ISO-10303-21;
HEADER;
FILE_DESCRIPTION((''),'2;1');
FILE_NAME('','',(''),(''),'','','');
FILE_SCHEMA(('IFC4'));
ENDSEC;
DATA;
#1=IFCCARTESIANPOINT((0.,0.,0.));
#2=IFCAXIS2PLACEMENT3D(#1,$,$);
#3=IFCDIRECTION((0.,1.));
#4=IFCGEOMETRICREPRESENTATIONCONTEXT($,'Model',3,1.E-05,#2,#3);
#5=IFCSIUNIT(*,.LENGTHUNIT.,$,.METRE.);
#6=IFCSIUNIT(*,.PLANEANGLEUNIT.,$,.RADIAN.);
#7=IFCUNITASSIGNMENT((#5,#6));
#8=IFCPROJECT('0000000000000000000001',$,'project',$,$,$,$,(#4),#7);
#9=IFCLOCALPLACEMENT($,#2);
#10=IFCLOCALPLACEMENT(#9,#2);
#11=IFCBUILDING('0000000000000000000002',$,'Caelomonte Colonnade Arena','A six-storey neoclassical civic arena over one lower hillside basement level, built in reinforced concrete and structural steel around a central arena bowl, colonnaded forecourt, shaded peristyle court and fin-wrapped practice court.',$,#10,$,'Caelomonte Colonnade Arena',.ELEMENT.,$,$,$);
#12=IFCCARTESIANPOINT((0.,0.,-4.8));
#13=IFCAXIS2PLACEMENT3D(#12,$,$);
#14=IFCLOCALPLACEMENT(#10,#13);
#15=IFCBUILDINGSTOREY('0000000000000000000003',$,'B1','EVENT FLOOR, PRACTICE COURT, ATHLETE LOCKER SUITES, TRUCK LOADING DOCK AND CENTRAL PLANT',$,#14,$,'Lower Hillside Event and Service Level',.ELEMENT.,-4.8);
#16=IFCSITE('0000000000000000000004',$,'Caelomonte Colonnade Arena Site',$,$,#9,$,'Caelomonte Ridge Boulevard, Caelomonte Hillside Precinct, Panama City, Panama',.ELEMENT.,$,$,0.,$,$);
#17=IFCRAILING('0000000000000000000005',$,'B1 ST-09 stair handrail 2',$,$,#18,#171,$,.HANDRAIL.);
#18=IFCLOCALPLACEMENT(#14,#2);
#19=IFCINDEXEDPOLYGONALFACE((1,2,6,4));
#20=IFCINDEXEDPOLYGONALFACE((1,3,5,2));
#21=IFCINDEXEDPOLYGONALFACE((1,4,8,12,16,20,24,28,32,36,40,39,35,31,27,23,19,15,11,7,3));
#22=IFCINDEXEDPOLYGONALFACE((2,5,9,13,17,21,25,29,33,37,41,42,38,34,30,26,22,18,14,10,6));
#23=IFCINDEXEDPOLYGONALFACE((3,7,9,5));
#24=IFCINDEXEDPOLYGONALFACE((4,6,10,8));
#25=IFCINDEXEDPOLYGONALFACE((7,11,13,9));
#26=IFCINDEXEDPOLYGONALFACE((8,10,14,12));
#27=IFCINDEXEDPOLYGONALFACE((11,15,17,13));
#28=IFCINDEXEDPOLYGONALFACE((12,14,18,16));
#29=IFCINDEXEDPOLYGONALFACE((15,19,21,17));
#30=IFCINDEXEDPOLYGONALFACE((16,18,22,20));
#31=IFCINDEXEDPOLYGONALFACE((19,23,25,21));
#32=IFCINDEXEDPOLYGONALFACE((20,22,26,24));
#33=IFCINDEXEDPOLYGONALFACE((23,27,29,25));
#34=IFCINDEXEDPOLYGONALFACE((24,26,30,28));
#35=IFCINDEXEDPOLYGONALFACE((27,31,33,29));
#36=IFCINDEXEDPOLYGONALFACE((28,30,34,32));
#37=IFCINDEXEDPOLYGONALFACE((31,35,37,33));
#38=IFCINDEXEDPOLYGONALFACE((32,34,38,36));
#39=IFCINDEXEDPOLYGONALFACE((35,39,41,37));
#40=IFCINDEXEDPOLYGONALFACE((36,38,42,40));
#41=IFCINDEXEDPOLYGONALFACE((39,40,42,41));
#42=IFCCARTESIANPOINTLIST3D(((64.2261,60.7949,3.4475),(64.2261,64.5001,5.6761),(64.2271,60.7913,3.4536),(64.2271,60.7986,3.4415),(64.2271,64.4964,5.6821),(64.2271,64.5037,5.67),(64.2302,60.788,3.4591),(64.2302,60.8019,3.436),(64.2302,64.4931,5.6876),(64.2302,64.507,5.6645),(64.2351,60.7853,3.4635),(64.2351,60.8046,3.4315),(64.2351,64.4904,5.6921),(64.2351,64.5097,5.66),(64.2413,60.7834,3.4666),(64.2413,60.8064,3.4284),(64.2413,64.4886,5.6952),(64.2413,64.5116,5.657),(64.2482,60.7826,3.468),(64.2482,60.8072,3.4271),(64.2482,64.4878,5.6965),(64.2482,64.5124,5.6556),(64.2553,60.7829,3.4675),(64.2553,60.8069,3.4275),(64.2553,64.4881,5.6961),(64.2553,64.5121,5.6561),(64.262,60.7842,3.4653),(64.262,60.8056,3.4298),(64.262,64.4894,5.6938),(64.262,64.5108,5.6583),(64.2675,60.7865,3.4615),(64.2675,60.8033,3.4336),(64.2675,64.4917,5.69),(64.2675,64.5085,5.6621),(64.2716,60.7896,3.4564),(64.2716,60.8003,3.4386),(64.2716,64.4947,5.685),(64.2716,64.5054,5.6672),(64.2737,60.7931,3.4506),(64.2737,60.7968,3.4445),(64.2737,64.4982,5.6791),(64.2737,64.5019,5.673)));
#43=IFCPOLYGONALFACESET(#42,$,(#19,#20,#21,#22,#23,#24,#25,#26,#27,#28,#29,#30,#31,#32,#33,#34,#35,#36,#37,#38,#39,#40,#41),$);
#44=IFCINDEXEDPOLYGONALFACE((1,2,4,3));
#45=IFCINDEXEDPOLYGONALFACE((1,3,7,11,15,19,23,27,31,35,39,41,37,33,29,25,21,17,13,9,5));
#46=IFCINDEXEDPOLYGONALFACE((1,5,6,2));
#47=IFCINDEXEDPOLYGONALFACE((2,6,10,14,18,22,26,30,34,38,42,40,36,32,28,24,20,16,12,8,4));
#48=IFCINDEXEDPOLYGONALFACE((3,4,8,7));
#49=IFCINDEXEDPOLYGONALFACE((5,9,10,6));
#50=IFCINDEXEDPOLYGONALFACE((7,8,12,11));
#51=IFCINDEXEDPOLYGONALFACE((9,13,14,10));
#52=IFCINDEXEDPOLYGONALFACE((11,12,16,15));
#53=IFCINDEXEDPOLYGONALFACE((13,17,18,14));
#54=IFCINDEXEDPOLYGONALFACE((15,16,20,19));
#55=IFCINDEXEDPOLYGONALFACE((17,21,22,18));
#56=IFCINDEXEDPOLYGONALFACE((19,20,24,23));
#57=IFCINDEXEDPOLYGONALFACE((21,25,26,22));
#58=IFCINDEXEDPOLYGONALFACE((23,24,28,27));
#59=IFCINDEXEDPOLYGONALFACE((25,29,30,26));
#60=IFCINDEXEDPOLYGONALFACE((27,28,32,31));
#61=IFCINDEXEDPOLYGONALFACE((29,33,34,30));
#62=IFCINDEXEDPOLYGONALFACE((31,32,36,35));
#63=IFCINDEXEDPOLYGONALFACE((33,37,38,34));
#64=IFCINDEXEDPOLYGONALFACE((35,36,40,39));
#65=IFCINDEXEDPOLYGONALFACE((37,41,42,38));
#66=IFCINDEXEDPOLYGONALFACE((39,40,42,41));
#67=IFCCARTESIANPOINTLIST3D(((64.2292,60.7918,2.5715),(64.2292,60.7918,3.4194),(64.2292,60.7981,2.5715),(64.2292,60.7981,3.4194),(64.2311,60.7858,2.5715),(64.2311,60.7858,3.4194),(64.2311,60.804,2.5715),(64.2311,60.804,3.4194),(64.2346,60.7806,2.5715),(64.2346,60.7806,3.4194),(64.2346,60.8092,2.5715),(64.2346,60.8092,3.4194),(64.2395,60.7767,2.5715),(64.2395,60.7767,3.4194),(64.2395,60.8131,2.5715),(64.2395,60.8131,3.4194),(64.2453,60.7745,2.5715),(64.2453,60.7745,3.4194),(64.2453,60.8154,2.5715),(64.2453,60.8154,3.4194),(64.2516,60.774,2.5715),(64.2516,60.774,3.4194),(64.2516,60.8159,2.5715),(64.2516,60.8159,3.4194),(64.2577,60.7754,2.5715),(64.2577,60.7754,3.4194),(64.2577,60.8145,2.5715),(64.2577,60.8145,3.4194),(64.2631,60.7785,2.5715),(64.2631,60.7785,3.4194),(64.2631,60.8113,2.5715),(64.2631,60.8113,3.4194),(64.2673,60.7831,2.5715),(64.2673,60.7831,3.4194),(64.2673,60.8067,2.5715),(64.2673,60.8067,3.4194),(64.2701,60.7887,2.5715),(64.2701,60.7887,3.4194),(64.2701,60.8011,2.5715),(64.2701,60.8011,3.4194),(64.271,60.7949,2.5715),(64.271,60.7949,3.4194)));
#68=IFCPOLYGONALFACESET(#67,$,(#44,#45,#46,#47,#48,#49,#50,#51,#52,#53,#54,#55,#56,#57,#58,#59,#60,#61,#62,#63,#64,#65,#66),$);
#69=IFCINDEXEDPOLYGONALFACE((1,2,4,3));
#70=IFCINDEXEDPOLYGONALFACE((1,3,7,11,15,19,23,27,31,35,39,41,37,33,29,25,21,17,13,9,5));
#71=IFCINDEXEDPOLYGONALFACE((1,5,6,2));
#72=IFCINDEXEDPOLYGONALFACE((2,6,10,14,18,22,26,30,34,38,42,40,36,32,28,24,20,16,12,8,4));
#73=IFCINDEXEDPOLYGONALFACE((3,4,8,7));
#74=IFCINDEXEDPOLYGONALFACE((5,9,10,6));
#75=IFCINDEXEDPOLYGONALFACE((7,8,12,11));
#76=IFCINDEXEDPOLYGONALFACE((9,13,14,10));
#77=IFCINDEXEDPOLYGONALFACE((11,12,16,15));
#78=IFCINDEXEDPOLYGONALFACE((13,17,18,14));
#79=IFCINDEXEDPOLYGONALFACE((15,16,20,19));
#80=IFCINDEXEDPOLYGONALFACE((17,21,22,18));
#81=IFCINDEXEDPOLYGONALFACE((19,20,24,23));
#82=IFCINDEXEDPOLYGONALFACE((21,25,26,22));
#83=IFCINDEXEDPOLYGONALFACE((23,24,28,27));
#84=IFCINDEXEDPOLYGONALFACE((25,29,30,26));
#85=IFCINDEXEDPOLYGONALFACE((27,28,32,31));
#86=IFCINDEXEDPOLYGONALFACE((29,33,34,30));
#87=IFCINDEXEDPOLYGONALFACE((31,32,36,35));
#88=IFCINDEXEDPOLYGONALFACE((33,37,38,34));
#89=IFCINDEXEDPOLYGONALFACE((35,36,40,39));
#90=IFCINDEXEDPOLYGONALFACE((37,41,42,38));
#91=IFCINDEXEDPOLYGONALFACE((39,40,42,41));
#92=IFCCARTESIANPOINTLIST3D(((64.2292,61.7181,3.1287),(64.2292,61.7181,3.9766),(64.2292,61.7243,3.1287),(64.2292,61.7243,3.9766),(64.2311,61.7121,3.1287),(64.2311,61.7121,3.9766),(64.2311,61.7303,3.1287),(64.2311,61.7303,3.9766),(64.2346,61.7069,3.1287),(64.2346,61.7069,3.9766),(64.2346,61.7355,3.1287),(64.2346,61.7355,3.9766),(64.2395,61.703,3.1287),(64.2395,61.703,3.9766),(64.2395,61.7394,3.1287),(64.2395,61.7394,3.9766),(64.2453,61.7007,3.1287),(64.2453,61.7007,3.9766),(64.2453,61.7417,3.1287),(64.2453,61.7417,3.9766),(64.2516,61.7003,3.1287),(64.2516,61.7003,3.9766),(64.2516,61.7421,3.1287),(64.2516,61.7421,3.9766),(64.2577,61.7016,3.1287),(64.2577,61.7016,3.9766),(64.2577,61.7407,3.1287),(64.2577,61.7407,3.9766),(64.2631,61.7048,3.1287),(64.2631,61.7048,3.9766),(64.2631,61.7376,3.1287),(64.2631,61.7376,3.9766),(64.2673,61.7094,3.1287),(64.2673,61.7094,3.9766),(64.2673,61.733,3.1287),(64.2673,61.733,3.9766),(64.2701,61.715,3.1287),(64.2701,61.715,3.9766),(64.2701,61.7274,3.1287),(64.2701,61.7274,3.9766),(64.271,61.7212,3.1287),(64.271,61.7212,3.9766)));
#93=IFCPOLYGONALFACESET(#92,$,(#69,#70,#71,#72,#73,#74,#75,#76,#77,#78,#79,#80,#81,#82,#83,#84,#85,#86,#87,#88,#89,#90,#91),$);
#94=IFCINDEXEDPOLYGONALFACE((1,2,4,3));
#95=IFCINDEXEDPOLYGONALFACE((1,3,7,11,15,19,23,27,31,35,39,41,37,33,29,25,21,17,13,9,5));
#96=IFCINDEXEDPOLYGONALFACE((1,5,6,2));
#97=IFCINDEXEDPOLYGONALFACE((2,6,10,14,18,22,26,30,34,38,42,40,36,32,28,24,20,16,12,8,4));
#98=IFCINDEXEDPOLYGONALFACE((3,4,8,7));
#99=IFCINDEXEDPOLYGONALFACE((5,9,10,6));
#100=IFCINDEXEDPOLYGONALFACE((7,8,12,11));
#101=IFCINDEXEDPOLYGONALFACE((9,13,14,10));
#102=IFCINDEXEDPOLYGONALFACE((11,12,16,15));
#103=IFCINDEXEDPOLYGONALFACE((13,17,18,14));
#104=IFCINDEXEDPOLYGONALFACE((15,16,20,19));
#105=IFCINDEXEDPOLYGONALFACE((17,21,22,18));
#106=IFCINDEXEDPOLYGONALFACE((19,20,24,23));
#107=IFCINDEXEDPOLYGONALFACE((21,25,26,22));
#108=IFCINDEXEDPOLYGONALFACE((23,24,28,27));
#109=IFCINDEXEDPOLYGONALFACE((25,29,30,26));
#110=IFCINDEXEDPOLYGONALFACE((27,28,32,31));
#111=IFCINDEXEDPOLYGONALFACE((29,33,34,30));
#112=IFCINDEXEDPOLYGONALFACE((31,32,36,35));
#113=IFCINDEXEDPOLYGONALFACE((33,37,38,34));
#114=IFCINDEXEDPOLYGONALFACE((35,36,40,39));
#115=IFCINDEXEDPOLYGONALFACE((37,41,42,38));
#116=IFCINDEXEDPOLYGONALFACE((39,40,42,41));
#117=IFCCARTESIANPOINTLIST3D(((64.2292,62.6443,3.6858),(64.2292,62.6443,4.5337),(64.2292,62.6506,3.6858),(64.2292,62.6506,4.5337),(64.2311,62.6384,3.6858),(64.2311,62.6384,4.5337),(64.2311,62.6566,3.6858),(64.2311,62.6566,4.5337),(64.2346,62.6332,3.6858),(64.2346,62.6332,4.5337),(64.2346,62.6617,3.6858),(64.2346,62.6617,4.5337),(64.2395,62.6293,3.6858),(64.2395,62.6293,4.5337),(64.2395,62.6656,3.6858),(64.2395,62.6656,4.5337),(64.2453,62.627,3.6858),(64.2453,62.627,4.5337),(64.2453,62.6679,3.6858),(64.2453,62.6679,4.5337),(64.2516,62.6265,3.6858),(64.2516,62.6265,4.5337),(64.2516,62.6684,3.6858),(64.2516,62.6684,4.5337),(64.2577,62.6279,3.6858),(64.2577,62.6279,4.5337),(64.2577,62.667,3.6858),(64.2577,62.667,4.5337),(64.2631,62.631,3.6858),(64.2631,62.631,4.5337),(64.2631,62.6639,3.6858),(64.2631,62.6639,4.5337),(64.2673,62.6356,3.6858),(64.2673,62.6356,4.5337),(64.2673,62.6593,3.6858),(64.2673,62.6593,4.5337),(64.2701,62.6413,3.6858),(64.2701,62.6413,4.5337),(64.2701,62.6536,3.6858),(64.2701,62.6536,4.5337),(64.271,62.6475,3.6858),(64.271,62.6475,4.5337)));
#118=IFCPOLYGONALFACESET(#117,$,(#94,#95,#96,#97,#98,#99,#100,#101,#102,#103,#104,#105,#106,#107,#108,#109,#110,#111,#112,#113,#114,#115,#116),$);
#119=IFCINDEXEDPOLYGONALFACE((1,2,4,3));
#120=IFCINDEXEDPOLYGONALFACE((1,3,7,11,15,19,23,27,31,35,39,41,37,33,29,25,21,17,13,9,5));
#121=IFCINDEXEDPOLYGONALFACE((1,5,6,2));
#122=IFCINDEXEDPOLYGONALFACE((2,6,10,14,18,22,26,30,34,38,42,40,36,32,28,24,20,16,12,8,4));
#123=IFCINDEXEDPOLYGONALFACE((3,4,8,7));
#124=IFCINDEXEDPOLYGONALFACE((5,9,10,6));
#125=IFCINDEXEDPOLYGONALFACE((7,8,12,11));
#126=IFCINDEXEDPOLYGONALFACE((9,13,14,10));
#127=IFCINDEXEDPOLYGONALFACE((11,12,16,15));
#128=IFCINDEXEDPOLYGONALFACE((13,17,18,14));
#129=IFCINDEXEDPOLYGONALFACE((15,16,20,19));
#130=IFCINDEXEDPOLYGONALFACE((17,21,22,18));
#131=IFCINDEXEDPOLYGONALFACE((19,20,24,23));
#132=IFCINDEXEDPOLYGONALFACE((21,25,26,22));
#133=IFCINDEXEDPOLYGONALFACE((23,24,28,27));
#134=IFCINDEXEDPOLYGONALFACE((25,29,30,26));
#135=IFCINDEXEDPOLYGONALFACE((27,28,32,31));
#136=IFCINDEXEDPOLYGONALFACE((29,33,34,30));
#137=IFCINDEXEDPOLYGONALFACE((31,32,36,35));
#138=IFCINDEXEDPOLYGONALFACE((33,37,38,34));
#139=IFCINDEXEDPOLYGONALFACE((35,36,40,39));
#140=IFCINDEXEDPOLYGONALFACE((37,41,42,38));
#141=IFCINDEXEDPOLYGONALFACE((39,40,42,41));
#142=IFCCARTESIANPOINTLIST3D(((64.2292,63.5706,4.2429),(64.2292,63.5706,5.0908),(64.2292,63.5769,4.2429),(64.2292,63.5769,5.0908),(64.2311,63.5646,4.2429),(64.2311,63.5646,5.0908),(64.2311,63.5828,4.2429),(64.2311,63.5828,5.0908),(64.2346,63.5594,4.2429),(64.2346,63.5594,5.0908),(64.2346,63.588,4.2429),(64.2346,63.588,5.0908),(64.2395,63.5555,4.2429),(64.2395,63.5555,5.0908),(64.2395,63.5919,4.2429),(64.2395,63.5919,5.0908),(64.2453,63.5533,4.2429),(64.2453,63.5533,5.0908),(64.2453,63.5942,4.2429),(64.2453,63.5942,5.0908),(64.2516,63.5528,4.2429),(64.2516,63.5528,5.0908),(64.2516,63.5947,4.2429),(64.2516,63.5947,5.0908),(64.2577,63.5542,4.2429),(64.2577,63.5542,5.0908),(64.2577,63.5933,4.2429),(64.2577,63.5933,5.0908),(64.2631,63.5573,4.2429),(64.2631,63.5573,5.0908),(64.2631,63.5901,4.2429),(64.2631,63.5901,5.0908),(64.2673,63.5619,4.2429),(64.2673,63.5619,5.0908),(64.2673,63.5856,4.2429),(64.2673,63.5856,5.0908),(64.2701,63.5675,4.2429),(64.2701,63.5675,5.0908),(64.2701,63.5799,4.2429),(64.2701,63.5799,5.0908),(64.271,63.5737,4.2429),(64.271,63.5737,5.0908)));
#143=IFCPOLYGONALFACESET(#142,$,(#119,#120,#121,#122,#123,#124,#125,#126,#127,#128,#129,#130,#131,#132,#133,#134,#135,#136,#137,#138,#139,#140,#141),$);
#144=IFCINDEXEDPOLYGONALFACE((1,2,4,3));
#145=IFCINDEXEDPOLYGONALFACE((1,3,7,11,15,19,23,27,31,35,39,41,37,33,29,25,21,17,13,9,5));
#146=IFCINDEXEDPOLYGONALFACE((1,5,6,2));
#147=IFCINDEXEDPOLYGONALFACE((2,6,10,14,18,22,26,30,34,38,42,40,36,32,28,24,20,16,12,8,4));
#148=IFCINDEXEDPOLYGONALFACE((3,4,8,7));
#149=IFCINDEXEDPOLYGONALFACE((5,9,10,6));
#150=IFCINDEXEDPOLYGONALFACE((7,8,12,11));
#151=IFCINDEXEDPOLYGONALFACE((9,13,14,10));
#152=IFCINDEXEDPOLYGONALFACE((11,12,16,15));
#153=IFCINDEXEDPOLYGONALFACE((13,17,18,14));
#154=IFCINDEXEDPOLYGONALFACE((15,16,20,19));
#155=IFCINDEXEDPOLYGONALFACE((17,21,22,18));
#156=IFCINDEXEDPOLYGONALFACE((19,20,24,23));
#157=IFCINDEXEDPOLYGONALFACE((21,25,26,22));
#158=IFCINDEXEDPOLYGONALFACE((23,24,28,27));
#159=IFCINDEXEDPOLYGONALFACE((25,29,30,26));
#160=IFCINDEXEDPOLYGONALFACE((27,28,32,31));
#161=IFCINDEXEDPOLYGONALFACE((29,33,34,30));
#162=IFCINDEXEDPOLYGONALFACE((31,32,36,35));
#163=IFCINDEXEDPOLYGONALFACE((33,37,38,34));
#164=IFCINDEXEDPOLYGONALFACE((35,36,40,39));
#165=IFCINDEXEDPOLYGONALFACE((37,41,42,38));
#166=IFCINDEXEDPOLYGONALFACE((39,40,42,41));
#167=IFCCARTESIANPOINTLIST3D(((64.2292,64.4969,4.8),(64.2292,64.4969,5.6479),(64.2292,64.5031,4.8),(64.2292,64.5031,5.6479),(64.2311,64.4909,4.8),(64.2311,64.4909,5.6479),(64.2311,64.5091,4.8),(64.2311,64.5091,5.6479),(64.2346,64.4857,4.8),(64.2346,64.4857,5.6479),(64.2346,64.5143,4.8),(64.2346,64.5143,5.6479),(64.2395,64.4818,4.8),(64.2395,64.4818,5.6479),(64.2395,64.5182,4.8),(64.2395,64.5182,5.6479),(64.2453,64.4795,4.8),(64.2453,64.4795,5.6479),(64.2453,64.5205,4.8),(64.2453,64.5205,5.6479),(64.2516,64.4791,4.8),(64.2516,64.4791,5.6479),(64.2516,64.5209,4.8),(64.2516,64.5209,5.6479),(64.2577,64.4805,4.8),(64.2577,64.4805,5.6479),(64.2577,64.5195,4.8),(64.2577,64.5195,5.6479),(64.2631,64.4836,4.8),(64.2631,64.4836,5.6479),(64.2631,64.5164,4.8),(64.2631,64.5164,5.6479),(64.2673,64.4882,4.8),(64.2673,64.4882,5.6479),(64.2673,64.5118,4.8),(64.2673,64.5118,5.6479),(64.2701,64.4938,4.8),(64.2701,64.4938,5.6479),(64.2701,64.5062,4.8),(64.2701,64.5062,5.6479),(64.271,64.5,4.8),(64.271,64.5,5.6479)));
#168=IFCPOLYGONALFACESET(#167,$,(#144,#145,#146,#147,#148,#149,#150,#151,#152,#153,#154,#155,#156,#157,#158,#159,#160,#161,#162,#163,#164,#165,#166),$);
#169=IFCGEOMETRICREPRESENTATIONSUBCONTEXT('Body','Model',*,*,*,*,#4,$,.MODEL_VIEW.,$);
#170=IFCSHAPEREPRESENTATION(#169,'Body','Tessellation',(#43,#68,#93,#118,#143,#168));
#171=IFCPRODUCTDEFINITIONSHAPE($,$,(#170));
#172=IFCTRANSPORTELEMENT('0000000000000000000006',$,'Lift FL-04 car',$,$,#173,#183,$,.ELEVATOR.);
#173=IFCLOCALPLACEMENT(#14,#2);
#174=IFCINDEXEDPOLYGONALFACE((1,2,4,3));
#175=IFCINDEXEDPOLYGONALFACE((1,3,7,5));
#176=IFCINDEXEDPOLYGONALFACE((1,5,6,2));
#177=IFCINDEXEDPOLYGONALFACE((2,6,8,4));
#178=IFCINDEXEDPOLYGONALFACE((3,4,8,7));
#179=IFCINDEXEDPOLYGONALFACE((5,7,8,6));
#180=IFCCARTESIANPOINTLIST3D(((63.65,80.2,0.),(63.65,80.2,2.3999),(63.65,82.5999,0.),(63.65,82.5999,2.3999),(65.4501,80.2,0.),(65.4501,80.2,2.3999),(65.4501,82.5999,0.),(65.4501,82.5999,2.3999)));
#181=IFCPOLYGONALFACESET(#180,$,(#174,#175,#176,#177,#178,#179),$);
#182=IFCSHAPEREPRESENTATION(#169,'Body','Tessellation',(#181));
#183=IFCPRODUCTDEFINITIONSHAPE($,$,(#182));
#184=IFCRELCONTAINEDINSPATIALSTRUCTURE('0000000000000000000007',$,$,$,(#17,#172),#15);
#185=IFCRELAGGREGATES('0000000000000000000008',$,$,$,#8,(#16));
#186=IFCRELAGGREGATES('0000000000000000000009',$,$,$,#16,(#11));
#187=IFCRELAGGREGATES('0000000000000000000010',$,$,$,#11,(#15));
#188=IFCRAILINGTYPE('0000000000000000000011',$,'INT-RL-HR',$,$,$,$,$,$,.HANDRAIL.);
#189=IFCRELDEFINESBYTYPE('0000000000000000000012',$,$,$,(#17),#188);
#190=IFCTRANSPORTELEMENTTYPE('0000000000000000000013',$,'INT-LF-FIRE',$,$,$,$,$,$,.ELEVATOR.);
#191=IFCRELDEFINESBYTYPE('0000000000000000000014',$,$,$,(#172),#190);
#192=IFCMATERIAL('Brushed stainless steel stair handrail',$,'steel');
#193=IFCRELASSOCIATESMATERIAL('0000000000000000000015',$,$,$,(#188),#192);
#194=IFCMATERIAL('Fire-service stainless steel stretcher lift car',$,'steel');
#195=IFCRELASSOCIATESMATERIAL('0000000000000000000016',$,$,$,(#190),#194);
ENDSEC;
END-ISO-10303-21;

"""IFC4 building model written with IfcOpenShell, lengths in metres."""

from ifc_helpers import new_model, si_unit, direction, frame, origin, origin_2d, place, context, subcontext, project, spatial, rectangle, circle, extrude, material, type_object, element, save


model = new_model("IFC4")

# Units and contexts
model_context = context("Model", 3, precision=1e-05, world=origin(), true_north=direction((0.0, 1.0)))
body_context = subcontext(model_context, "Body", "Model", "MODEL_VIEW")
ifc_project = project(units=[si_unit("LENGTHUNIT", "METRE"), si_unit("PLANEANGLEUNIT", "RADIAN")], contexts=[model_context])

# Site, building, storey
site_placement = place(None, origin())
site = spatial("IfcSite", under=ifc_project, at=site_placement, Name="Caelomonte Colonnade Arena Site", LongName="Caelomonte Ridge Boulevard, Caelomonte Hillside Precinct, Panama City, Panama", CompositionType="ELEMENT", RefElevation=0.0)
building_placement = place(site_placement, origin())
building = spatial("IfcBuilding", under=site, at=building_placement, Name="Caelomonte Colonnade Arena", Description="A six-storey neoclassical civic arena over one lower hillside basement level, built in reinforced concrete and structural steel around a central arena bowl, colonnaded forecourt, shaded peristyle court and fin-wrapped practice court.", LongName="Caelomonte Colonnade Arena", CompositionType="ELEMENT")
storey_placement = place(building_placement, frame((0.0, 0.0, -4.8)))
storey = spatial("IfcBuildingStorey", under=building, at=storey_placement, Name="B1", Description="EVENT FLOOR, PRACTICE COURT, ATHLETE LOCKER SUITES, TRUCK LOADING DOCK AND CENTRAL PLANT", LongName="Lower Hillside Event and Service Level", CompositionType="ELEMENT", Elevation=-4.8)

# Railing
ifc_material_1 = material(Name="Brushed stainless steel stair handrail", Category="steel")
railing_type = type_object("IfcRailingType", Name="INT-RL-HR", PredefinedType="HANDRAIL", material=ifc_material_1)
railing_placement = place(storey_placement, frame((64.25, 60.7949, 2.5715)))
element("IfcRailing", 1, at=railing_placement, inside=storey, type_object=railing_type, Name="B1 ST-09 stair handrail 2", PredefinedType="HANDRAIL", context=body_context, shape_type="SweptSolid", body=[
    extrude(circle(Radius=0.0239, at=origin_2d()), frame((0.0, 0.0, 0.876), z_axis=(0.0, 0.856934, 0.515425), x_axis=(-1.0, 0.0, 0.0)), (0.0, 0.0, 1.0), 4.3237),
    extrude(circle(Radius=0.021, at=origin_2d()), origin(), (0.0, 0.0, 1.0), 0.8479),
    extrude(circle(Radius=0.021, at=origin_2d()), frame((0.0, 0.9263, 0.5571)), (0.0, 0.0, 1.0), 0.8479),
    extrude(circle(Radius=0.021, at=origin_2d()), frame((0.0, 1.8525, 1.1143)), (0.0, 0.0, 1.0), 0.8479),
    extrude(circle(Radius=0.021, at=origin_2d()), frame((0.0, 2.7788, 1.6714)), (0.0, 0.0, 1.0), 0.8479),
    extrude(circle(Radius=0.021, at=origin_2d()), frame((0.0, 3.7051, 2.2285)), (0.0, 0.0, 1.0), 0.8479),
])

# Transport element
ifc_material_2 = material(Name="Fire-service stainless steel stretcher lift car", Category="steel")
transport_element_type = type_object("IfcTransportElementType", Name="INT-LF-FIRE", PredefinedType="ELEVATOR", material=ifc_material_2)
transport_element_placement = place(storey_placement, frame((64.55, 81.3999, 0.0), z_axis=(0.0, 0.0, 1.0), x_axis=(1.0, 0.0, 0.0)))
element("IfcTransportElement", 2, at=transport_element_placement, inside=storey, type_object=transport_element_type, Name="Lift FL-04 car", PredefinedType="ELEVATOR", context=body_context, shape_type="SweptSolid", body=[
    extrude(rectangle(XDim=1.8, YDim=2.3999, at=origin_2d()), origin(), (0.0, 0.0, 1.0), 2.3999),
])

save(model, "model.ifc")
